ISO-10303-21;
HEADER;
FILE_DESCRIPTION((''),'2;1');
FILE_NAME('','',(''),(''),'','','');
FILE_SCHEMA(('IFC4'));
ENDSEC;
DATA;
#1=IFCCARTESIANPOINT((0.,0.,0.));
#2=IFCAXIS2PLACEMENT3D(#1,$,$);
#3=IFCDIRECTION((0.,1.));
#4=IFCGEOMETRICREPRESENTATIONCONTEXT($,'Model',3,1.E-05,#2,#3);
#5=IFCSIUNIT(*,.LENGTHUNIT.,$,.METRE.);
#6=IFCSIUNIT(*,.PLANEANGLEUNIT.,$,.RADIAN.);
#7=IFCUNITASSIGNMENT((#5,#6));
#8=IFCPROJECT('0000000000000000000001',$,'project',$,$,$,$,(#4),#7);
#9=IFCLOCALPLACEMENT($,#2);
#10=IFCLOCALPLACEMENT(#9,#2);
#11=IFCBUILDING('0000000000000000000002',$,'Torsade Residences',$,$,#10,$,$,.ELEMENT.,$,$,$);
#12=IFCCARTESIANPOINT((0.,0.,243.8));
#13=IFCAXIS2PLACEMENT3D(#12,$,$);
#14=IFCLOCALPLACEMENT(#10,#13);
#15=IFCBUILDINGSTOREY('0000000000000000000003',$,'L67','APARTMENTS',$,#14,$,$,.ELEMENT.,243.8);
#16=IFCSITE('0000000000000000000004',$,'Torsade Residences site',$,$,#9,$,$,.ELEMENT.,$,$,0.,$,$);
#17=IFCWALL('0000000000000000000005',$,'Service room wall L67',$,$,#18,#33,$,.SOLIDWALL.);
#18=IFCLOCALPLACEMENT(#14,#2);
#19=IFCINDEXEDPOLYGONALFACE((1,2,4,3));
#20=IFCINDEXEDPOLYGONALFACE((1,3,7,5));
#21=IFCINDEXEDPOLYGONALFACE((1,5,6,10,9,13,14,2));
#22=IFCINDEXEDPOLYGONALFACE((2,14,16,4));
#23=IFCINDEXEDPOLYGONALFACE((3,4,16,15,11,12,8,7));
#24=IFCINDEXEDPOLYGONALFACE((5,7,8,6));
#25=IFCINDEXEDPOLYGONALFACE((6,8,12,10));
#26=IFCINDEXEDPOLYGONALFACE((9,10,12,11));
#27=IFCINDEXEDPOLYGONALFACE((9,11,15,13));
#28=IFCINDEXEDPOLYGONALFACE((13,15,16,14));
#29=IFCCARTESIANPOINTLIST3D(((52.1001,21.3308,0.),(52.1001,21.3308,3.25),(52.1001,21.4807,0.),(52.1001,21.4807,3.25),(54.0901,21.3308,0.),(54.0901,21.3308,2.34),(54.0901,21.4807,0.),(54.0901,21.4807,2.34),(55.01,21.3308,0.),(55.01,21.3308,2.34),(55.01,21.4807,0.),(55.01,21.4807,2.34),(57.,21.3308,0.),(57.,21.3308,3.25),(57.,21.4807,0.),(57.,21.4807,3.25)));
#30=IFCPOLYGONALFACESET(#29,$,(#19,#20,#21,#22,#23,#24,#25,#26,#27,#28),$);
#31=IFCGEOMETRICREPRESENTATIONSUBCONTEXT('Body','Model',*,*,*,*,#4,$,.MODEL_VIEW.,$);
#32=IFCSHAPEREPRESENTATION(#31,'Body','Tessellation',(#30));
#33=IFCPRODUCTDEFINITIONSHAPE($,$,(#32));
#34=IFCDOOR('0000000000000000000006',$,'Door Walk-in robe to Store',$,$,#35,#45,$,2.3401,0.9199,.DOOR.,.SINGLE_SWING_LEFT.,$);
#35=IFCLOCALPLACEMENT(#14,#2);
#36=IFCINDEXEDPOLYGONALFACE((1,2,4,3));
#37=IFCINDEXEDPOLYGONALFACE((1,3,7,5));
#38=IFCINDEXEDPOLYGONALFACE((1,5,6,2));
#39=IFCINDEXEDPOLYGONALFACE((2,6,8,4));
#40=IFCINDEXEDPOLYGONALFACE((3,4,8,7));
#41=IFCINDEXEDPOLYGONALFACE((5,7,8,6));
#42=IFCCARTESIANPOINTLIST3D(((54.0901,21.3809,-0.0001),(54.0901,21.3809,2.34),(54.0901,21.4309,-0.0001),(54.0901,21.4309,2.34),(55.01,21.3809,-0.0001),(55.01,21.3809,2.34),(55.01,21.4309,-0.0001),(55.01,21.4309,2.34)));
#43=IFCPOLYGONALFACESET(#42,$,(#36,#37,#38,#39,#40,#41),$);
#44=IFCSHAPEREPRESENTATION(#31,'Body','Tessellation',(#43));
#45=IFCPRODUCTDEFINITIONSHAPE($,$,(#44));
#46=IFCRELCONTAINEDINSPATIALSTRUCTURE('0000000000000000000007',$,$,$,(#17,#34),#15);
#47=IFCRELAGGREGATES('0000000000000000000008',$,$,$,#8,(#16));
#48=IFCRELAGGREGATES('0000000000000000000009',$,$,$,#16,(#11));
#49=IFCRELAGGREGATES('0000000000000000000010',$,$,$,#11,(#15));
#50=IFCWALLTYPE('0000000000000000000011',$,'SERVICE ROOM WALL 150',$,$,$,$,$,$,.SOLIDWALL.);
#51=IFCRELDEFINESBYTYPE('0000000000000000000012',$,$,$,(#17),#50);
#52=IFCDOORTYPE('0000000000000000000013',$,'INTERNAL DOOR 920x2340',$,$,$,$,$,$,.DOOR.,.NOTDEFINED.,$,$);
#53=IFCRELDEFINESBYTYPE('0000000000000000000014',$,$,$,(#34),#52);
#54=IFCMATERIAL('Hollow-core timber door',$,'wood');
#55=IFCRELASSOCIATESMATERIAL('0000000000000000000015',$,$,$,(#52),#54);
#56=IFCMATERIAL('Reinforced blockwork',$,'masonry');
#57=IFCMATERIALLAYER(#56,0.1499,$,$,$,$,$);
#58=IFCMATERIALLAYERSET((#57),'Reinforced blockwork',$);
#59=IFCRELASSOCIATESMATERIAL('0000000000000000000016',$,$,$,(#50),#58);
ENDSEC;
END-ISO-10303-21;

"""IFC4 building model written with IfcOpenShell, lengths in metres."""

from ifc_helpers import new_model, si_unit, direction, frame, frame_2d, origin, place, context, subcontext, project, spatial, rectangle, extrude, material, layer, layer_set, type_object, element, fill, save


model = new_model("IFC4")

# Units and contexts
model_context = context("Model", 3, precision=1e-05, world=origin(), true_north=direction((0.0, 1.0)))
body_context = subcontext(model_context, "Body", "Model", "MODEL_VIEW")
ifc_project = project(units=[si_unit("LENGTHUNIT", "METRE"), si_unit("PLANEANGLEUNIT", "RADIAN")], contexts=[model_context])

# Site, building, storey
site_placement = place(None, origin())
site = spatial("IfcSite", under=ifc_project, at=site_placement, Name="Torsade Residences site", CompositionType="ELEMENT", RefElevation=0.0)
building_placement = place(site_placement, origin())
building = spatial("IfcBuilding", under=site, at=building_placement, Name="Torsade Residences", CompositionType="ELEMENT")
storey_placement = place(building_placement, frame((0.0, 0.0, 243.8)))
storey = spatial("IfcBuildingStorey", under=building, at=storey_placement, Name="L67", Description="APARTMENTS", CompositionType="ELEMENT", Elevation=243.8)

# Shared definitions
ifc_material_1 = material(Name="Hollow-core timber door", Category="wood")
door_type_1 = type_object("IfcDoorType", Name="INTERNAL DOOR 920x2340", OperationType="NOTDEFINED", PredefinedType="DOOR", material=ifc_material_1)
ifc_material_2 = material(Name="Reinforced blockwork", Category="masonry")
ifc_layer_1 = layer(ifc_material_2, 0.1499)
ifc_layer_set_1 = layer_set([ifc_layer_1], Name="Reinforced blockwork")
wall_type_1 = type_object("IfcWallType", Name="SERVICE ROOM WALL 150", PredefinedType="SOLIDWALL", material=ifc_layer_set_1)

# Wall, opening, door
wall_1_placement = place(storey_placement, frame((57.0, 21.4058, 0.0), z_axis=(0.0, 0.0, 1.0), x_axis=(-1.0, 0.0, 0.0)))
wall_1 = element("IfcWall", 1, at=wall_1_placement, inside=storey, type_object=wall_type_1, Name="Service room wall L67", PredefinedType="SOLIDWALL", context=body_context, shape_type="SweptSolid", body=[
    extrude(rectangle(XDim=4.8999, YDim=0.1499, at=frame_2d((2.45, 0.0))), origin(), (0.0, 0.0, 1.0), 3.25),
])
opening_1_placement = place(wall_1_placement, frame((1.99, 0.0, 0.0)))
opening_1 = element("IfcOpeningElement", 2, at=opening_1_placement, cuts=wall_1, PredefinedType="OPENING", context=body_context, shape_type="SweptSolid", body=[
    extrude(rectangle(XDim=0.9199, YDim=2.3401, at=frame_2d((0.46, 1.1699))), frame((0.0, 0.085, 0.0), z_axis=(0.0, -1.0, 0.0), x_axis=(1.0, 0.0, 0.0)), (0.0, 0.0, 1.0), 0.1699),
])
door_1_placement = place(opening_1_placement, origin())
door_1 = element("IfcDoor", 3, at=door_1_placement, inside=storey, type_object=door_type_1, Name="Door Walk-in robe to Store", OperationType="SINGLE_SWING_LEFT", OverallHeight=2.3401, OverallWidth=0.9199, PredefinedType="DOOR", context=body_context, shape_type="SweptSolid", body=[
    extrude(rectangle(XDim=0.9199, YDim=2.3401, at=frame_2d((0.46, 1.1699))), frame((0.0, 0.0249, 0.0), z_axis=(0.0, -1.0, 0.0), x_axis=(1.0, 0.0, 0.0)), (0.0, 0.0, 1.0), 0.05),
])
fill(opening_1, door_1)

save(model, "model.ifc")
